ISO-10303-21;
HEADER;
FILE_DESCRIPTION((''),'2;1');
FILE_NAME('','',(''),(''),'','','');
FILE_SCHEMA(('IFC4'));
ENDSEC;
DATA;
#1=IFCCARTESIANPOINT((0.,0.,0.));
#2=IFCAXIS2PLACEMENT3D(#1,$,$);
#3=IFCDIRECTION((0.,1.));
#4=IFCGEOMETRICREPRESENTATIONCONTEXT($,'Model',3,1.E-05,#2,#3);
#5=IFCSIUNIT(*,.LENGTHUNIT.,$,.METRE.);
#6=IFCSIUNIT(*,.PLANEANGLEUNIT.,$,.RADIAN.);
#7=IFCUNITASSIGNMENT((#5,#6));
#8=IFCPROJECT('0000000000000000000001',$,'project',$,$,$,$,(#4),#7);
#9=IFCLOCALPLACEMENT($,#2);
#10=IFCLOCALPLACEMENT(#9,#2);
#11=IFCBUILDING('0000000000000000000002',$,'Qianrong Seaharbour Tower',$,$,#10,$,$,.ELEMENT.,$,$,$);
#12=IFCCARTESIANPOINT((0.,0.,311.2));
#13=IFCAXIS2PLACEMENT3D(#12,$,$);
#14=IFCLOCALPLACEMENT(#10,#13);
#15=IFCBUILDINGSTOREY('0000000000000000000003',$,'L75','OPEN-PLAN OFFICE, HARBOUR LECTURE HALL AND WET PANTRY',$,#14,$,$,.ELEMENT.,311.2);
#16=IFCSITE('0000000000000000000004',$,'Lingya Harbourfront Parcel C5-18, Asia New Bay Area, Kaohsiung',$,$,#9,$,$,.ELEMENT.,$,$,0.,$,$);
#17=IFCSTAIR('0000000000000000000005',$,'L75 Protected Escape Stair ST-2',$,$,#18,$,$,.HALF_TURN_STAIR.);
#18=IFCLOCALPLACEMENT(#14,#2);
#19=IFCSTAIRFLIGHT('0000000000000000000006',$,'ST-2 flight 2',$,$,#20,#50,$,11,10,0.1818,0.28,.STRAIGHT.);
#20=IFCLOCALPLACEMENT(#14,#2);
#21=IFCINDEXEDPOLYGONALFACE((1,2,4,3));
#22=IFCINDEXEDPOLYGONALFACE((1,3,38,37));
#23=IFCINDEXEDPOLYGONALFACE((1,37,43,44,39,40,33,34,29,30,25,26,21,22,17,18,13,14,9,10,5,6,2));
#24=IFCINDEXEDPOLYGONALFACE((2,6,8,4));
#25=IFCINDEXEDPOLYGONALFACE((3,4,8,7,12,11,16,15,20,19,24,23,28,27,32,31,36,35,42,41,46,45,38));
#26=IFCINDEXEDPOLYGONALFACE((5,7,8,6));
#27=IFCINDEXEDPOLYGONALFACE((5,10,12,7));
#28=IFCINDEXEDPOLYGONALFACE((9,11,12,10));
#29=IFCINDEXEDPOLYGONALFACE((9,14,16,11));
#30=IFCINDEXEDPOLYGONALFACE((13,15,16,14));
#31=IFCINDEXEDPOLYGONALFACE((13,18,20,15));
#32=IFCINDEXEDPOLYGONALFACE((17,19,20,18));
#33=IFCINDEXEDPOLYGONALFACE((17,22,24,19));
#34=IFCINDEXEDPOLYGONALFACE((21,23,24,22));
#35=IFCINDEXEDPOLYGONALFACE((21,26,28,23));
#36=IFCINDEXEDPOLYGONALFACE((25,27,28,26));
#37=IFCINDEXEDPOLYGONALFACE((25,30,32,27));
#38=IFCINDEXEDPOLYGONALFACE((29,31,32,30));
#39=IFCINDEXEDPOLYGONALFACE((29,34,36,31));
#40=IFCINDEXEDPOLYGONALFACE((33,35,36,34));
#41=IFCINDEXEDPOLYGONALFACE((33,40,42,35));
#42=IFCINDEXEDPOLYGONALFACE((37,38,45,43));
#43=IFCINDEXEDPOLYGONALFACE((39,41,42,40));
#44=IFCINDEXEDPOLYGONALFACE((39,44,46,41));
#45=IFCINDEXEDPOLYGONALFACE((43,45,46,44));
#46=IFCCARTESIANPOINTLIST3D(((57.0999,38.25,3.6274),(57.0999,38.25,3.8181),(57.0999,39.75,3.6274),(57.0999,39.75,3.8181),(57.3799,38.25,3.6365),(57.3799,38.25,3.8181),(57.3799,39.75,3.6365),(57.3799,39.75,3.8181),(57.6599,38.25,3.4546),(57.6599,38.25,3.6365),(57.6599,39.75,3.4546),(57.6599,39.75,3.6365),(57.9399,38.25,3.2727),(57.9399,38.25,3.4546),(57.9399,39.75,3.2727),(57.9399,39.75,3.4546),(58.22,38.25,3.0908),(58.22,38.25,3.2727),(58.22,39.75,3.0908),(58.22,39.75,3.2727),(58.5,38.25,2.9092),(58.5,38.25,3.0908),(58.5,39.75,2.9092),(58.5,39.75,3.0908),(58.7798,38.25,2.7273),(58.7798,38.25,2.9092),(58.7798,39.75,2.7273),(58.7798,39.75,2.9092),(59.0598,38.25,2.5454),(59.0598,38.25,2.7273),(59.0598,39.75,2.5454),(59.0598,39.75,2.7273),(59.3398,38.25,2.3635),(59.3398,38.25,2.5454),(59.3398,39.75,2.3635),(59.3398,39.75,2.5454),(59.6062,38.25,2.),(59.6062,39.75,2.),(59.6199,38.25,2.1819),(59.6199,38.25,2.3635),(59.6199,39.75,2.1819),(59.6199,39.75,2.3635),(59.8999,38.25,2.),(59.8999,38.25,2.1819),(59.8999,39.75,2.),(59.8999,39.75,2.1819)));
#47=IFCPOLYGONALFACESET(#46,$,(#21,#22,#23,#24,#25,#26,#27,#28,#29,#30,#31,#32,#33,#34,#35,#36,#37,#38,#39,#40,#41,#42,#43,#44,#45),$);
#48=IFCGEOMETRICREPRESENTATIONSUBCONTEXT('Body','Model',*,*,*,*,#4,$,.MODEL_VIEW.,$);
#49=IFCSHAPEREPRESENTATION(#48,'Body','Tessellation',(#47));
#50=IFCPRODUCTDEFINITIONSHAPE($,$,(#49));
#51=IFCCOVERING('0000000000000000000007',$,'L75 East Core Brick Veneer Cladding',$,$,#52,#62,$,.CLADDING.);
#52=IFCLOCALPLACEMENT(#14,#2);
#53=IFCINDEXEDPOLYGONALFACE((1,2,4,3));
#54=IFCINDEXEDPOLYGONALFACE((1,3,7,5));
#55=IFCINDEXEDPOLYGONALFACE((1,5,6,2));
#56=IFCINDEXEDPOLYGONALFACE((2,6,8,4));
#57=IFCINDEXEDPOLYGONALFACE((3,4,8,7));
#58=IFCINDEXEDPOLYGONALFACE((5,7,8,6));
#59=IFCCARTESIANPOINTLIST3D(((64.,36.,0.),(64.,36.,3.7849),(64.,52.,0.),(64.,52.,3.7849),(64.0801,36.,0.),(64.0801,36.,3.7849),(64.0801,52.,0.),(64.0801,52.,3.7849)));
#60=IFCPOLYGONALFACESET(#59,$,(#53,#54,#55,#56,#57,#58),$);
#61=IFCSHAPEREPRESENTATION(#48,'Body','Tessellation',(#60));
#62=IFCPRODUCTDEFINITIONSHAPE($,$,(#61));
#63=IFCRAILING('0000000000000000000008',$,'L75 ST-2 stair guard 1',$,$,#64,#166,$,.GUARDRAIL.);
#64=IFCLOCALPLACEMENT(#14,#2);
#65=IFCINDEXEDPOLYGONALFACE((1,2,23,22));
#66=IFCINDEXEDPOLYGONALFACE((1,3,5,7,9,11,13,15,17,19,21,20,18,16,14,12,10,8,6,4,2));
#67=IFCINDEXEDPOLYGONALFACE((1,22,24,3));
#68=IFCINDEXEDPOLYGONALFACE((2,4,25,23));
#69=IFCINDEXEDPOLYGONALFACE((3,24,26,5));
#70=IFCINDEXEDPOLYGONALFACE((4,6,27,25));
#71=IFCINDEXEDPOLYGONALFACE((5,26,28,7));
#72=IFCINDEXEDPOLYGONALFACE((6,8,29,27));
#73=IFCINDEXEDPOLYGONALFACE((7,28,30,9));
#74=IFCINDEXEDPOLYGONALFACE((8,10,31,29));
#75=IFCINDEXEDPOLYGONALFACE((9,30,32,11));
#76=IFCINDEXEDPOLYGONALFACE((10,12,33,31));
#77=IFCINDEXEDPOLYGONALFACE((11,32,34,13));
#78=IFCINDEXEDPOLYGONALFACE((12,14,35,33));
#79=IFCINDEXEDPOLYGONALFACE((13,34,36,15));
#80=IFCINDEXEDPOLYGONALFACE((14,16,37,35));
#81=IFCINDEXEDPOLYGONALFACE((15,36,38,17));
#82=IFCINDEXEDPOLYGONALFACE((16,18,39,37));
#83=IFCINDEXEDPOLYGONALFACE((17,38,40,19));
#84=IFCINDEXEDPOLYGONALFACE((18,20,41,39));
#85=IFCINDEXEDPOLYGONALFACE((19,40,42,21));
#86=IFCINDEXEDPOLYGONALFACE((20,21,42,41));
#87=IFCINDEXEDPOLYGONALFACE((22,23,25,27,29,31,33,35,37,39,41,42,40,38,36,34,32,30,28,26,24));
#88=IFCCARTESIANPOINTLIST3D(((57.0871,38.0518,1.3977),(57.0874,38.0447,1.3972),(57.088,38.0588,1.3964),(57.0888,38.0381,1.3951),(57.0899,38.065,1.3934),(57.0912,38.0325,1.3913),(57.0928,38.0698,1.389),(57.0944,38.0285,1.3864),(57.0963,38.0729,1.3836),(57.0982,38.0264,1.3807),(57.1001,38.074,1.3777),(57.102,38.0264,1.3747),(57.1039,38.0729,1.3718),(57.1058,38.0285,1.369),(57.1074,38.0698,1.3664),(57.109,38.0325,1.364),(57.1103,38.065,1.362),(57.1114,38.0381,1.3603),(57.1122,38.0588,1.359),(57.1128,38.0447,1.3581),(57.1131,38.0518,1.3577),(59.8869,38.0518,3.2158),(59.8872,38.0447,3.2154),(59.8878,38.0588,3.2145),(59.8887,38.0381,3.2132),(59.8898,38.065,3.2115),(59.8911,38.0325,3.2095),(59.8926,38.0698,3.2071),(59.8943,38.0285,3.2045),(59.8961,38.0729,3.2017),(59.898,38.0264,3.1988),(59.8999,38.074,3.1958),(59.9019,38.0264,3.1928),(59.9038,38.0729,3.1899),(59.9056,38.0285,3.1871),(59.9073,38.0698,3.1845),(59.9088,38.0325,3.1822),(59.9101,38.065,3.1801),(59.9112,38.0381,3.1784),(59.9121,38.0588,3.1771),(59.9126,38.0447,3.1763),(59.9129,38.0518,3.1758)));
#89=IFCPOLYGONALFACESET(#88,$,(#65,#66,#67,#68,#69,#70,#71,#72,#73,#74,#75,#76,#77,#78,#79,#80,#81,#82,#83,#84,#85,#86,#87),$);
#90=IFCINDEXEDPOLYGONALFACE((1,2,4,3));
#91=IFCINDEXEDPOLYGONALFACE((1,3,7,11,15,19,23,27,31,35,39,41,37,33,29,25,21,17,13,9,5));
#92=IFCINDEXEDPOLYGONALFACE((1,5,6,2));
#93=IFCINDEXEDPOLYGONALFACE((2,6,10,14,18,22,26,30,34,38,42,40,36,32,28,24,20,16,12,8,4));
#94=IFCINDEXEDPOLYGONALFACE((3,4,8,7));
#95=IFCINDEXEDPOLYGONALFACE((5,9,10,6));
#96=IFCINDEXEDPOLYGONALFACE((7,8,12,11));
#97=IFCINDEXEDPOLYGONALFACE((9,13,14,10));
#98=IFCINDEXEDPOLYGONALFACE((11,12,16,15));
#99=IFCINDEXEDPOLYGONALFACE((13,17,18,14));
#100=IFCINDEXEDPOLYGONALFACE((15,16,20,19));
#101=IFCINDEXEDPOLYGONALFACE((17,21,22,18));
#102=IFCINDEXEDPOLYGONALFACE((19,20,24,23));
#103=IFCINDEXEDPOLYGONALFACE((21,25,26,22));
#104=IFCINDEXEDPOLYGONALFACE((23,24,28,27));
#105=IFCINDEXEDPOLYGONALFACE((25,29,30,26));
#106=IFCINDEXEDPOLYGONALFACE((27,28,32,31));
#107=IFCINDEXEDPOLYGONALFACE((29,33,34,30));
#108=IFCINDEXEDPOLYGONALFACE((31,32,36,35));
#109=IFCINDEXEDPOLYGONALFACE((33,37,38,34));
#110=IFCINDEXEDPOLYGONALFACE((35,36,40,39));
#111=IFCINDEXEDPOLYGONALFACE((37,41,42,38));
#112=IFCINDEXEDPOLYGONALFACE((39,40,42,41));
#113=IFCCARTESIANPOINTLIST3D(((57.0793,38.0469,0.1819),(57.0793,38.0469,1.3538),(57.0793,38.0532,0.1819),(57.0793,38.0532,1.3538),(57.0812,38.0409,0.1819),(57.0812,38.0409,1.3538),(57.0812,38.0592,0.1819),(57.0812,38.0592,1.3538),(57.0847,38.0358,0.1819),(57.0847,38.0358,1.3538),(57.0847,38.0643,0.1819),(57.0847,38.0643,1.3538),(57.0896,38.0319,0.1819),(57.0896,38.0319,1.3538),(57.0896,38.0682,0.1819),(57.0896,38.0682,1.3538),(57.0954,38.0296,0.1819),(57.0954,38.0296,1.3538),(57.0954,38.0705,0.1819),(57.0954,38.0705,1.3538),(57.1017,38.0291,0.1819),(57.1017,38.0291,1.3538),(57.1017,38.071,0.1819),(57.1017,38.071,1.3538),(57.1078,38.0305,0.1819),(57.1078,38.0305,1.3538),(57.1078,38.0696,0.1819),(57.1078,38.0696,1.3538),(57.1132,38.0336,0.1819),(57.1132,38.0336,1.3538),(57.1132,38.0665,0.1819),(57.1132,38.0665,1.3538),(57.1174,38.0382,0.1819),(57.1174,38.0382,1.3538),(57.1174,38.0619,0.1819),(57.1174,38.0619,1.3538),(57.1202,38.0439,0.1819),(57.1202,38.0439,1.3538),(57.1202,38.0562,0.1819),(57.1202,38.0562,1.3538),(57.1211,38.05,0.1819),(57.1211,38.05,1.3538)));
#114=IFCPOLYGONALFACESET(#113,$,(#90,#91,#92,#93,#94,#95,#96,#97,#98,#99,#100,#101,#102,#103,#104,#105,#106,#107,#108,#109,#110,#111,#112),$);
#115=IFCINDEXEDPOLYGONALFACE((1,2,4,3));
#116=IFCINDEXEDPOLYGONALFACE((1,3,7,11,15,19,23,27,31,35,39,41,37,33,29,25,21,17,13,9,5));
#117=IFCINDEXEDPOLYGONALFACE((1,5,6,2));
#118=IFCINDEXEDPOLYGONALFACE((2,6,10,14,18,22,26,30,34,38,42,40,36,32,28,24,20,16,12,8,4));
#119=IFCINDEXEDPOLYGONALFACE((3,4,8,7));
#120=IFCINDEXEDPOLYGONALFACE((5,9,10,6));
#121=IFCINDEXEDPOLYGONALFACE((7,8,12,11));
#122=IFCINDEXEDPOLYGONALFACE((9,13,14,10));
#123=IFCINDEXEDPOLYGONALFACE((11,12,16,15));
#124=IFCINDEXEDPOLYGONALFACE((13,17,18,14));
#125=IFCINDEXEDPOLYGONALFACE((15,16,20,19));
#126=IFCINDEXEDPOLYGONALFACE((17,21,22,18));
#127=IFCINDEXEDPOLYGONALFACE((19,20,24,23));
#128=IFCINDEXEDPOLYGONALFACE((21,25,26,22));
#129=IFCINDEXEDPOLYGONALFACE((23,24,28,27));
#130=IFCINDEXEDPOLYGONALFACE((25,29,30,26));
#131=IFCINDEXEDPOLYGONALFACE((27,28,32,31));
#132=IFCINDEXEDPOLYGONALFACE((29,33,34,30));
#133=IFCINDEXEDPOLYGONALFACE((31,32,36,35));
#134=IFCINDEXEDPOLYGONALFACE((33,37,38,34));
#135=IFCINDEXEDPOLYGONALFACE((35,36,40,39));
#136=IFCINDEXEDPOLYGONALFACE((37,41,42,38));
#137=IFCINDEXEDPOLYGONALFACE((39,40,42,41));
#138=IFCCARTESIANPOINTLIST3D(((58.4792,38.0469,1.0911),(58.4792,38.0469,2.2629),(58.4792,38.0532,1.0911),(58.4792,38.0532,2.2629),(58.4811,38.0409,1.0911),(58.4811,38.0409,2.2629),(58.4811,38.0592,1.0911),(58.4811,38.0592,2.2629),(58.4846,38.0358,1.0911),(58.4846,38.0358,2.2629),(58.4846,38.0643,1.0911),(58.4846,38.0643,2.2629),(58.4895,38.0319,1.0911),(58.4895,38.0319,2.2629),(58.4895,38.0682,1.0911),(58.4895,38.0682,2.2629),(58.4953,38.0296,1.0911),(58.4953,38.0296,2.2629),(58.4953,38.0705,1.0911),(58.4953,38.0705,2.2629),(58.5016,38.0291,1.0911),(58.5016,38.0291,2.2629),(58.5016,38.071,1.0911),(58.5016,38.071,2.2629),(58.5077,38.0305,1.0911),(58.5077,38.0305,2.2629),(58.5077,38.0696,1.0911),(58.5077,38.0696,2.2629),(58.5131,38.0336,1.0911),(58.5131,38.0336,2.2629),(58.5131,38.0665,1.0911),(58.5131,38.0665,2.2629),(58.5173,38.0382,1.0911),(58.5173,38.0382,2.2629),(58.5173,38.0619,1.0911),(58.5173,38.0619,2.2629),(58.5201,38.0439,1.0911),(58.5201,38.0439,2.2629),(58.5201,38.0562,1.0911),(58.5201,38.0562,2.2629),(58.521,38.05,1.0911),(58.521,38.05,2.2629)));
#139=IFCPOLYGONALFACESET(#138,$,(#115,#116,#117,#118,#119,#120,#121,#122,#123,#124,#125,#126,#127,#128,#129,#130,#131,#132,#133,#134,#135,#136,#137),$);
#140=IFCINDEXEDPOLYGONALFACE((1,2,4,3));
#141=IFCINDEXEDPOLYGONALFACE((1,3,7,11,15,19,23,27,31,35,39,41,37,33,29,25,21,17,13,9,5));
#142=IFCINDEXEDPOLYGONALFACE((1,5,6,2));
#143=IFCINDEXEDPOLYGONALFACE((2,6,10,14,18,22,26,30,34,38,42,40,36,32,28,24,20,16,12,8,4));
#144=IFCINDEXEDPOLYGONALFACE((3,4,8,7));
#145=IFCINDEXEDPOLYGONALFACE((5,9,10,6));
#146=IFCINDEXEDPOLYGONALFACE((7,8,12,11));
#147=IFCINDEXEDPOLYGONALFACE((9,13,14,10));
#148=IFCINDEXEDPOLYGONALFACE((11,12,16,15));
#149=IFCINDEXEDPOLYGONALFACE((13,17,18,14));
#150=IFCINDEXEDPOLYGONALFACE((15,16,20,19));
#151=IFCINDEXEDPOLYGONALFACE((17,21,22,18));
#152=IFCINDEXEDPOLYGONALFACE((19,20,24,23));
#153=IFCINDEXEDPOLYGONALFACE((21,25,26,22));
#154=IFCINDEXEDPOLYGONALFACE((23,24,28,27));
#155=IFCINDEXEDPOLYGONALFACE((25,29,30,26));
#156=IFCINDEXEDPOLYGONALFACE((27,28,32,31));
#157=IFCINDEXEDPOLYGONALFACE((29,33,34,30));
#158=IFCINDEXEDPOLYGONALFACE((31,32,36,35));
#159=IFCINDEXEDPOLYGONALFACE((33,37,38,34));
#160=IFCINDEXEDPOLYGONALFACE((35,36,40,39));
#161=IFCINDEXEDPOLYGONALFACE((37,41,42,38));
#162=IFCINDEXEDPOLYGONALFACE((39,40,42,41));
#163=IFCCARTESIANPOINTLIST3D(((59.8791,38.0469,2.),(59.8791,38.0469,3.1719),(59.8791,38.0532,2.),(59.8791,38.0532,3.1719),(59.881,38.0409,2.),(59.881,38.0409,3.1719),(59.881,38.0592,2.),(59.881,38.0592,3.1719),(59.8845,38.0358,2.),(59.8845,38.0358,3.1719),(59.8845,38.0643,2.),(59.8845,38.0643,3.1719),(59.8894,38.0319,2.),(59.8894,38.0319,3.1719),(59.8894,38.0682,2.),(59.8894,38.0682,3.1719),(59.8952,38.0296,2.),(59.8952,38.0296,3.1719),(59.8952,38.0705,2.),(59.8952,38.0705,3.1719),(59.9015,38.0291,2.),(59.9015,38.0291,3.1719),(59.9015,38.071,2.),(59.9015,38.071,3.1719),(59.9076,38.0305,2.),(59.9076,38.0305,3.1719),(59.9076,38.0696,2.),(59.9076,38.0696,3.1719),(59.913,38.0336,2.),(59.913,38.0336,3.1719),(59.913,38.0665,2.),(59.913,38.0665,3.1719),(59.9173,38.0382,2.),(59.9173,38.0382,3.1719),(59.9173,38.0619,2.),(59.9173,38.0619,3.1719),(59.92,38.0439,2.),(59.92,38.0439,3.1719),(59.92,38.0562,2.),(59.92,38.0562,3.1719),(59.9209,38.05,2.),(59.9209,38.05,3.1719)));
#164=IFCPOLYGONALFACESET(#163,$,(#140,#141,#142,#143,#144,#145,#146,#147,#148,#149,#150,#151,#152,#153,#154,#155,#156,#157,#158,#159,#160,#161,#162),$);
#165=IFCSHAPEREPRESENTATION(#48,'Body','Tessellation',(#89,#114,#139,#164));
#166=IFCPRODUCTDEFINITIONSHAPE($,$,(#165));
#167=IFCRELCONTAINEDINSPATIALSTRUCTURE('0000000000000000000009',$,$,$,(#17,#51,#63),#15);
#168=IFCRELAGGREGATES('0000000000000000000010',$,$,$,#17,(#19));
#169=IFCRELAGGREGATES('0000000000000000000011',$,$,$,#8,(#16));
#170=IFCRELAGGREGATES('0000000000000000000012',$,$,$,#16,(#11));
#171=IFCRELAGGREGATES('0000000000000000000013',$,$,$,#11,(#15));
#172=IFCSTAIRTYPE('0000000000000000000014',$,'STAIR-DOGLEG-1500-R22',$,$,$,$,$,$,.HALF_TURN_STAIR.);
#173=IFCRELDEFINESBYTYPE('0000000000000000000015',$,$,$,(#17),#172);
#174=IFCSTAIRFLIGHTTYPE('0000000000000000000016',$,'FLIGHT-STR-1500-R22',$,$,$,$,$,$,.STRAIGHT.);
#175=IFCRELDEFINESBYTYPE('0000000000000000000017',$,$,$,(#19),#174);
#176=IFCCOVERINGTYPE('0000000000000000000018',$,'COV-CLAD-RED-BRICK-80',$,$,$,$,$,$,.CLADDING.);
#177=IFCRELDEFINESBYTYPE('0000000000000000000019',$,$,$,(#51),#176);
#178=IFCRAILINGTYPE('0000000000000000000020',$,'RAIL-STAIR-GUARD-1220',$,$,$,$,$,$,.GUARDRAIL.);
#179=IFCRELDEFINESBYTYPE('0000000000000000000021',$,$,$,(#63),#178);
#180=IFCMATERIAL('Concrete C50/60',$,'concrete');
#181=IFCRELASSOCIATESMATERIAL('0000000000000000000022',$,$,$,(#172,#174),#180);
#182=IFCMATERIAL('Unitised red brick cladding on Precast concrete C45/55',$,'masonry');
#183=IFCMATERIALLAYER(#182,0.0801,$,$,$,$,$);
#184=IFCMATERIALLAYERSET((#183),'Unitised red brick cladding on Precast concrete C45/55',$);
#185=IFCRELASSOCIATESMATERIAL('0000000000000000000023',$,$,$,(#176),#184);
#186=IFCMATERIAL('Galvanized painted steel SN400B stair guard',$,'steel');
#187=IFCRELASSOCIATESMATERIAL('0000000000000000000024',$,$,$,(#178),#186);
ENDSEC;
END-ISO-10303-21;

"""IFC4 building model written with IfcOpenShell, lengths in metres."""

from ifc_helpers import new_model, si_unit, direction, frame, origin, origin_2d, place, context, subcontext, project, spatial, polyline, rectangle, circle, outline, extrude, material, layer, layer_set, type_object, element, aggregate, save


model = new_model("IFC4")

# Units and contexts
model_context = context("Model", 3, precision=1e-05, world=origin(), true_north=direction((0.0, 1.0)))
body_context = subcontext(model_context, "Body", "Model", "MODEL_VIEW")
ifc_project = project(units=[si_unit("LENGTHUNIT", "METRE"), si_unit("PLANEANGLEUNIT", "RADIAN")], contexts=[model_context])

# Site, building, storey
site_placement = place(None, origin())
site = spatial("IfcSite", under=ifc_project, at=site_placement, Name="Lingya Harbourfront Parcel C5-18, Asia New Bay Area, Kaohsiung", CompositionType="ELEMENT", RefElevation=0.0)
building_placement = place(site_placement, origin())
building = spatial("IfcBuilding", under=site, at=building_placement, Name="Qianrong Seaharbour Tower", CompositionType="ELEMENT")
storey_placement = place(building_placement, frame((0.0, 0.0, 311.2)))
storey = spatial("IfcBuildingStorey", under=building, at=storey_placement, Name="L75", Description="OPEN-PLAN OFFICE, HARBOUR LECTURE HALL AND WET PANTRY", CompositionType="ELEMENT", Elevation=311.2)

# Shared definitions
ifc_material_1 = material(Name="Concrete C50/60", Category="concrete")

# Stair, stair flight
stair_type = type_object("IfcStairType", Name="STAIR-DOGLEG-1500-R22", PredefinedType="HALF_TURN_STAIR", material=ifc_material_1)
stair_placement = place(storey_placement, origin())
stair = element("IfcStair", 1, at=stair_placement, inside=storey, type_object=stair_type, Name="L75 Protected Escape Stair ST-2", PredefinedType="HALF_TURN_STAIR")
stair_flight_type = type_object("IfcStairFlightType", Name="FLIGHT-STR-1500-R22", PredefinedType="STRAIGHT", material=ifc_material_1)
stair_flight_1_placement = place(storey_placement, frame((59.8999, 39.0, 2.0), z_axis=(0.0, 0.0, 1.0), x_axis=(-1.0, 0.0, 0.0)))
stair_flight_1 = element("IfcStairFlight", 2, at=stair_flight_1_placement, type_object=stair_flight_type, Name="ST-2 flight 2", NumberOfRisers=11, NumberOfTreads=10, PredefinedType="STRAIGHT", RiserHeight=0.1818, TreadLength=0.28, context=body_context, shape_type="SweptSolid", body=[
    extrude(outline(polyline([(0.0, 0.0), (0.0, 0.1819), (0.28, 0.1819), (0.28, 0.3635), (0.5601, 0.3635), (0.5601, 0.5454), (0.8401, 0.5454), (0.8401, 0.7273), (1.1201, 0.7273), (1.1201, 0.9092), (1.3999, 0.9092), (1.3999, 1.0908), (1.6799, 1.0908), (1.6799, 1.2727), (1.96, 1.2727), (1.96, 1.4546), (2.24, 1.4546), (2.24, 1.6365), (2.52, 1.6365), (2.52, 1.8181), (2.8, 1.8181), (2.8, 2.0), (2.8, 1.6274), (0.2937, 0.0), (0.0, 0.0)])), frame((0.0, 0.75, 0.0), z_axis=(0.0, -1.0, 0.0), x_axis=(1.0, 0.0, 0.0)), (0.0, 0.0, 1.0), 1.5),
])
aggregate(stair, [stair_flight_1])

# Covering
ifc_material_2 = material(Name="Unitised red brick cladding on Precast concrete C45/55", Category="masonry")
ifc_layer_1 = layer(ifc_material_2, 0.0801)
ifc_layer_set_1 = layer_set([ifc_layer_1], Name="Unitised red brick cladding on Precast concrete C45/55")
covering_type = type_object("IfcCoveringType", Name="COV-CLAD-RED-BRICK-80", PredefinedType="CLADDING", material=ifc_layer_set_1)
covering_placement = place(storey_placement, frame((64.04, 44.0, 0.0), z_axis=(0.0, 0.0, 1.0), x_axis=(1.0, 0.0, 0.0)))
element("IfcCovering", 3, at=covering_placement, inside=storey, type_object=covering_type, Name="L75 East Core Brick Veneer Cladding", PredefinedType="CLADDING", context=body_context, shape_type="SweptSolid", body=[
    extrude(rectangle(XDim=0.0801, YDim=16.0, at=origin_2d()), origin(), (0.0, 0.0, 1.0), 3.7849),
])

# Railing
ifc_material_3 = material(Name="Galvanized painted steel SN400B stair guard", Category="steel")
railing_type_1 = type_object("IfcRailingType", Name="RAIL-STAIR-GUARD-1220", PredefinedType="GUARDRAIL", material=ifc_material_3)
railing_1_placement = place(storey_placement, frame((57.1001, 38.05, 0.1819)))
element("IfcRailing", 4, at=railing_1_placement, inside=storey, type_object=railing_type_1, Name="L75 ST-2 stair guard 1", PredefinedType="GUARDRAIL", context=body_context, shape_type="SweptSolid", body=[
    extrude(circle(Radius=0.0239, at=origin_2d()), frame((0.0, 0.0, 1.1958), z_axis=(0.838684, 0.0, 0.544618), x_axis=(0.0, 1.0, 0.0)), (0.0, 0.0, 1.0), 3.3384),
    extrude(circle(Radius=0.021, at=origin_2d()), origin(), (0.0, 0.0, 1.0), 1.1719),
    extrude(circle(Radius=0.021, at=origin_2d()), frame((1.3999, 0.0, 0.9092)), (0.0, 0.0, 1.0), 1.1719),
    extrude(circle(Radius=0.021, at=origin_2d()), frame((2.7998, 0.0, 1.8181)), (0.0, 0.0, 1.0), 1.1719),
])

save(model, "model.ifc")
